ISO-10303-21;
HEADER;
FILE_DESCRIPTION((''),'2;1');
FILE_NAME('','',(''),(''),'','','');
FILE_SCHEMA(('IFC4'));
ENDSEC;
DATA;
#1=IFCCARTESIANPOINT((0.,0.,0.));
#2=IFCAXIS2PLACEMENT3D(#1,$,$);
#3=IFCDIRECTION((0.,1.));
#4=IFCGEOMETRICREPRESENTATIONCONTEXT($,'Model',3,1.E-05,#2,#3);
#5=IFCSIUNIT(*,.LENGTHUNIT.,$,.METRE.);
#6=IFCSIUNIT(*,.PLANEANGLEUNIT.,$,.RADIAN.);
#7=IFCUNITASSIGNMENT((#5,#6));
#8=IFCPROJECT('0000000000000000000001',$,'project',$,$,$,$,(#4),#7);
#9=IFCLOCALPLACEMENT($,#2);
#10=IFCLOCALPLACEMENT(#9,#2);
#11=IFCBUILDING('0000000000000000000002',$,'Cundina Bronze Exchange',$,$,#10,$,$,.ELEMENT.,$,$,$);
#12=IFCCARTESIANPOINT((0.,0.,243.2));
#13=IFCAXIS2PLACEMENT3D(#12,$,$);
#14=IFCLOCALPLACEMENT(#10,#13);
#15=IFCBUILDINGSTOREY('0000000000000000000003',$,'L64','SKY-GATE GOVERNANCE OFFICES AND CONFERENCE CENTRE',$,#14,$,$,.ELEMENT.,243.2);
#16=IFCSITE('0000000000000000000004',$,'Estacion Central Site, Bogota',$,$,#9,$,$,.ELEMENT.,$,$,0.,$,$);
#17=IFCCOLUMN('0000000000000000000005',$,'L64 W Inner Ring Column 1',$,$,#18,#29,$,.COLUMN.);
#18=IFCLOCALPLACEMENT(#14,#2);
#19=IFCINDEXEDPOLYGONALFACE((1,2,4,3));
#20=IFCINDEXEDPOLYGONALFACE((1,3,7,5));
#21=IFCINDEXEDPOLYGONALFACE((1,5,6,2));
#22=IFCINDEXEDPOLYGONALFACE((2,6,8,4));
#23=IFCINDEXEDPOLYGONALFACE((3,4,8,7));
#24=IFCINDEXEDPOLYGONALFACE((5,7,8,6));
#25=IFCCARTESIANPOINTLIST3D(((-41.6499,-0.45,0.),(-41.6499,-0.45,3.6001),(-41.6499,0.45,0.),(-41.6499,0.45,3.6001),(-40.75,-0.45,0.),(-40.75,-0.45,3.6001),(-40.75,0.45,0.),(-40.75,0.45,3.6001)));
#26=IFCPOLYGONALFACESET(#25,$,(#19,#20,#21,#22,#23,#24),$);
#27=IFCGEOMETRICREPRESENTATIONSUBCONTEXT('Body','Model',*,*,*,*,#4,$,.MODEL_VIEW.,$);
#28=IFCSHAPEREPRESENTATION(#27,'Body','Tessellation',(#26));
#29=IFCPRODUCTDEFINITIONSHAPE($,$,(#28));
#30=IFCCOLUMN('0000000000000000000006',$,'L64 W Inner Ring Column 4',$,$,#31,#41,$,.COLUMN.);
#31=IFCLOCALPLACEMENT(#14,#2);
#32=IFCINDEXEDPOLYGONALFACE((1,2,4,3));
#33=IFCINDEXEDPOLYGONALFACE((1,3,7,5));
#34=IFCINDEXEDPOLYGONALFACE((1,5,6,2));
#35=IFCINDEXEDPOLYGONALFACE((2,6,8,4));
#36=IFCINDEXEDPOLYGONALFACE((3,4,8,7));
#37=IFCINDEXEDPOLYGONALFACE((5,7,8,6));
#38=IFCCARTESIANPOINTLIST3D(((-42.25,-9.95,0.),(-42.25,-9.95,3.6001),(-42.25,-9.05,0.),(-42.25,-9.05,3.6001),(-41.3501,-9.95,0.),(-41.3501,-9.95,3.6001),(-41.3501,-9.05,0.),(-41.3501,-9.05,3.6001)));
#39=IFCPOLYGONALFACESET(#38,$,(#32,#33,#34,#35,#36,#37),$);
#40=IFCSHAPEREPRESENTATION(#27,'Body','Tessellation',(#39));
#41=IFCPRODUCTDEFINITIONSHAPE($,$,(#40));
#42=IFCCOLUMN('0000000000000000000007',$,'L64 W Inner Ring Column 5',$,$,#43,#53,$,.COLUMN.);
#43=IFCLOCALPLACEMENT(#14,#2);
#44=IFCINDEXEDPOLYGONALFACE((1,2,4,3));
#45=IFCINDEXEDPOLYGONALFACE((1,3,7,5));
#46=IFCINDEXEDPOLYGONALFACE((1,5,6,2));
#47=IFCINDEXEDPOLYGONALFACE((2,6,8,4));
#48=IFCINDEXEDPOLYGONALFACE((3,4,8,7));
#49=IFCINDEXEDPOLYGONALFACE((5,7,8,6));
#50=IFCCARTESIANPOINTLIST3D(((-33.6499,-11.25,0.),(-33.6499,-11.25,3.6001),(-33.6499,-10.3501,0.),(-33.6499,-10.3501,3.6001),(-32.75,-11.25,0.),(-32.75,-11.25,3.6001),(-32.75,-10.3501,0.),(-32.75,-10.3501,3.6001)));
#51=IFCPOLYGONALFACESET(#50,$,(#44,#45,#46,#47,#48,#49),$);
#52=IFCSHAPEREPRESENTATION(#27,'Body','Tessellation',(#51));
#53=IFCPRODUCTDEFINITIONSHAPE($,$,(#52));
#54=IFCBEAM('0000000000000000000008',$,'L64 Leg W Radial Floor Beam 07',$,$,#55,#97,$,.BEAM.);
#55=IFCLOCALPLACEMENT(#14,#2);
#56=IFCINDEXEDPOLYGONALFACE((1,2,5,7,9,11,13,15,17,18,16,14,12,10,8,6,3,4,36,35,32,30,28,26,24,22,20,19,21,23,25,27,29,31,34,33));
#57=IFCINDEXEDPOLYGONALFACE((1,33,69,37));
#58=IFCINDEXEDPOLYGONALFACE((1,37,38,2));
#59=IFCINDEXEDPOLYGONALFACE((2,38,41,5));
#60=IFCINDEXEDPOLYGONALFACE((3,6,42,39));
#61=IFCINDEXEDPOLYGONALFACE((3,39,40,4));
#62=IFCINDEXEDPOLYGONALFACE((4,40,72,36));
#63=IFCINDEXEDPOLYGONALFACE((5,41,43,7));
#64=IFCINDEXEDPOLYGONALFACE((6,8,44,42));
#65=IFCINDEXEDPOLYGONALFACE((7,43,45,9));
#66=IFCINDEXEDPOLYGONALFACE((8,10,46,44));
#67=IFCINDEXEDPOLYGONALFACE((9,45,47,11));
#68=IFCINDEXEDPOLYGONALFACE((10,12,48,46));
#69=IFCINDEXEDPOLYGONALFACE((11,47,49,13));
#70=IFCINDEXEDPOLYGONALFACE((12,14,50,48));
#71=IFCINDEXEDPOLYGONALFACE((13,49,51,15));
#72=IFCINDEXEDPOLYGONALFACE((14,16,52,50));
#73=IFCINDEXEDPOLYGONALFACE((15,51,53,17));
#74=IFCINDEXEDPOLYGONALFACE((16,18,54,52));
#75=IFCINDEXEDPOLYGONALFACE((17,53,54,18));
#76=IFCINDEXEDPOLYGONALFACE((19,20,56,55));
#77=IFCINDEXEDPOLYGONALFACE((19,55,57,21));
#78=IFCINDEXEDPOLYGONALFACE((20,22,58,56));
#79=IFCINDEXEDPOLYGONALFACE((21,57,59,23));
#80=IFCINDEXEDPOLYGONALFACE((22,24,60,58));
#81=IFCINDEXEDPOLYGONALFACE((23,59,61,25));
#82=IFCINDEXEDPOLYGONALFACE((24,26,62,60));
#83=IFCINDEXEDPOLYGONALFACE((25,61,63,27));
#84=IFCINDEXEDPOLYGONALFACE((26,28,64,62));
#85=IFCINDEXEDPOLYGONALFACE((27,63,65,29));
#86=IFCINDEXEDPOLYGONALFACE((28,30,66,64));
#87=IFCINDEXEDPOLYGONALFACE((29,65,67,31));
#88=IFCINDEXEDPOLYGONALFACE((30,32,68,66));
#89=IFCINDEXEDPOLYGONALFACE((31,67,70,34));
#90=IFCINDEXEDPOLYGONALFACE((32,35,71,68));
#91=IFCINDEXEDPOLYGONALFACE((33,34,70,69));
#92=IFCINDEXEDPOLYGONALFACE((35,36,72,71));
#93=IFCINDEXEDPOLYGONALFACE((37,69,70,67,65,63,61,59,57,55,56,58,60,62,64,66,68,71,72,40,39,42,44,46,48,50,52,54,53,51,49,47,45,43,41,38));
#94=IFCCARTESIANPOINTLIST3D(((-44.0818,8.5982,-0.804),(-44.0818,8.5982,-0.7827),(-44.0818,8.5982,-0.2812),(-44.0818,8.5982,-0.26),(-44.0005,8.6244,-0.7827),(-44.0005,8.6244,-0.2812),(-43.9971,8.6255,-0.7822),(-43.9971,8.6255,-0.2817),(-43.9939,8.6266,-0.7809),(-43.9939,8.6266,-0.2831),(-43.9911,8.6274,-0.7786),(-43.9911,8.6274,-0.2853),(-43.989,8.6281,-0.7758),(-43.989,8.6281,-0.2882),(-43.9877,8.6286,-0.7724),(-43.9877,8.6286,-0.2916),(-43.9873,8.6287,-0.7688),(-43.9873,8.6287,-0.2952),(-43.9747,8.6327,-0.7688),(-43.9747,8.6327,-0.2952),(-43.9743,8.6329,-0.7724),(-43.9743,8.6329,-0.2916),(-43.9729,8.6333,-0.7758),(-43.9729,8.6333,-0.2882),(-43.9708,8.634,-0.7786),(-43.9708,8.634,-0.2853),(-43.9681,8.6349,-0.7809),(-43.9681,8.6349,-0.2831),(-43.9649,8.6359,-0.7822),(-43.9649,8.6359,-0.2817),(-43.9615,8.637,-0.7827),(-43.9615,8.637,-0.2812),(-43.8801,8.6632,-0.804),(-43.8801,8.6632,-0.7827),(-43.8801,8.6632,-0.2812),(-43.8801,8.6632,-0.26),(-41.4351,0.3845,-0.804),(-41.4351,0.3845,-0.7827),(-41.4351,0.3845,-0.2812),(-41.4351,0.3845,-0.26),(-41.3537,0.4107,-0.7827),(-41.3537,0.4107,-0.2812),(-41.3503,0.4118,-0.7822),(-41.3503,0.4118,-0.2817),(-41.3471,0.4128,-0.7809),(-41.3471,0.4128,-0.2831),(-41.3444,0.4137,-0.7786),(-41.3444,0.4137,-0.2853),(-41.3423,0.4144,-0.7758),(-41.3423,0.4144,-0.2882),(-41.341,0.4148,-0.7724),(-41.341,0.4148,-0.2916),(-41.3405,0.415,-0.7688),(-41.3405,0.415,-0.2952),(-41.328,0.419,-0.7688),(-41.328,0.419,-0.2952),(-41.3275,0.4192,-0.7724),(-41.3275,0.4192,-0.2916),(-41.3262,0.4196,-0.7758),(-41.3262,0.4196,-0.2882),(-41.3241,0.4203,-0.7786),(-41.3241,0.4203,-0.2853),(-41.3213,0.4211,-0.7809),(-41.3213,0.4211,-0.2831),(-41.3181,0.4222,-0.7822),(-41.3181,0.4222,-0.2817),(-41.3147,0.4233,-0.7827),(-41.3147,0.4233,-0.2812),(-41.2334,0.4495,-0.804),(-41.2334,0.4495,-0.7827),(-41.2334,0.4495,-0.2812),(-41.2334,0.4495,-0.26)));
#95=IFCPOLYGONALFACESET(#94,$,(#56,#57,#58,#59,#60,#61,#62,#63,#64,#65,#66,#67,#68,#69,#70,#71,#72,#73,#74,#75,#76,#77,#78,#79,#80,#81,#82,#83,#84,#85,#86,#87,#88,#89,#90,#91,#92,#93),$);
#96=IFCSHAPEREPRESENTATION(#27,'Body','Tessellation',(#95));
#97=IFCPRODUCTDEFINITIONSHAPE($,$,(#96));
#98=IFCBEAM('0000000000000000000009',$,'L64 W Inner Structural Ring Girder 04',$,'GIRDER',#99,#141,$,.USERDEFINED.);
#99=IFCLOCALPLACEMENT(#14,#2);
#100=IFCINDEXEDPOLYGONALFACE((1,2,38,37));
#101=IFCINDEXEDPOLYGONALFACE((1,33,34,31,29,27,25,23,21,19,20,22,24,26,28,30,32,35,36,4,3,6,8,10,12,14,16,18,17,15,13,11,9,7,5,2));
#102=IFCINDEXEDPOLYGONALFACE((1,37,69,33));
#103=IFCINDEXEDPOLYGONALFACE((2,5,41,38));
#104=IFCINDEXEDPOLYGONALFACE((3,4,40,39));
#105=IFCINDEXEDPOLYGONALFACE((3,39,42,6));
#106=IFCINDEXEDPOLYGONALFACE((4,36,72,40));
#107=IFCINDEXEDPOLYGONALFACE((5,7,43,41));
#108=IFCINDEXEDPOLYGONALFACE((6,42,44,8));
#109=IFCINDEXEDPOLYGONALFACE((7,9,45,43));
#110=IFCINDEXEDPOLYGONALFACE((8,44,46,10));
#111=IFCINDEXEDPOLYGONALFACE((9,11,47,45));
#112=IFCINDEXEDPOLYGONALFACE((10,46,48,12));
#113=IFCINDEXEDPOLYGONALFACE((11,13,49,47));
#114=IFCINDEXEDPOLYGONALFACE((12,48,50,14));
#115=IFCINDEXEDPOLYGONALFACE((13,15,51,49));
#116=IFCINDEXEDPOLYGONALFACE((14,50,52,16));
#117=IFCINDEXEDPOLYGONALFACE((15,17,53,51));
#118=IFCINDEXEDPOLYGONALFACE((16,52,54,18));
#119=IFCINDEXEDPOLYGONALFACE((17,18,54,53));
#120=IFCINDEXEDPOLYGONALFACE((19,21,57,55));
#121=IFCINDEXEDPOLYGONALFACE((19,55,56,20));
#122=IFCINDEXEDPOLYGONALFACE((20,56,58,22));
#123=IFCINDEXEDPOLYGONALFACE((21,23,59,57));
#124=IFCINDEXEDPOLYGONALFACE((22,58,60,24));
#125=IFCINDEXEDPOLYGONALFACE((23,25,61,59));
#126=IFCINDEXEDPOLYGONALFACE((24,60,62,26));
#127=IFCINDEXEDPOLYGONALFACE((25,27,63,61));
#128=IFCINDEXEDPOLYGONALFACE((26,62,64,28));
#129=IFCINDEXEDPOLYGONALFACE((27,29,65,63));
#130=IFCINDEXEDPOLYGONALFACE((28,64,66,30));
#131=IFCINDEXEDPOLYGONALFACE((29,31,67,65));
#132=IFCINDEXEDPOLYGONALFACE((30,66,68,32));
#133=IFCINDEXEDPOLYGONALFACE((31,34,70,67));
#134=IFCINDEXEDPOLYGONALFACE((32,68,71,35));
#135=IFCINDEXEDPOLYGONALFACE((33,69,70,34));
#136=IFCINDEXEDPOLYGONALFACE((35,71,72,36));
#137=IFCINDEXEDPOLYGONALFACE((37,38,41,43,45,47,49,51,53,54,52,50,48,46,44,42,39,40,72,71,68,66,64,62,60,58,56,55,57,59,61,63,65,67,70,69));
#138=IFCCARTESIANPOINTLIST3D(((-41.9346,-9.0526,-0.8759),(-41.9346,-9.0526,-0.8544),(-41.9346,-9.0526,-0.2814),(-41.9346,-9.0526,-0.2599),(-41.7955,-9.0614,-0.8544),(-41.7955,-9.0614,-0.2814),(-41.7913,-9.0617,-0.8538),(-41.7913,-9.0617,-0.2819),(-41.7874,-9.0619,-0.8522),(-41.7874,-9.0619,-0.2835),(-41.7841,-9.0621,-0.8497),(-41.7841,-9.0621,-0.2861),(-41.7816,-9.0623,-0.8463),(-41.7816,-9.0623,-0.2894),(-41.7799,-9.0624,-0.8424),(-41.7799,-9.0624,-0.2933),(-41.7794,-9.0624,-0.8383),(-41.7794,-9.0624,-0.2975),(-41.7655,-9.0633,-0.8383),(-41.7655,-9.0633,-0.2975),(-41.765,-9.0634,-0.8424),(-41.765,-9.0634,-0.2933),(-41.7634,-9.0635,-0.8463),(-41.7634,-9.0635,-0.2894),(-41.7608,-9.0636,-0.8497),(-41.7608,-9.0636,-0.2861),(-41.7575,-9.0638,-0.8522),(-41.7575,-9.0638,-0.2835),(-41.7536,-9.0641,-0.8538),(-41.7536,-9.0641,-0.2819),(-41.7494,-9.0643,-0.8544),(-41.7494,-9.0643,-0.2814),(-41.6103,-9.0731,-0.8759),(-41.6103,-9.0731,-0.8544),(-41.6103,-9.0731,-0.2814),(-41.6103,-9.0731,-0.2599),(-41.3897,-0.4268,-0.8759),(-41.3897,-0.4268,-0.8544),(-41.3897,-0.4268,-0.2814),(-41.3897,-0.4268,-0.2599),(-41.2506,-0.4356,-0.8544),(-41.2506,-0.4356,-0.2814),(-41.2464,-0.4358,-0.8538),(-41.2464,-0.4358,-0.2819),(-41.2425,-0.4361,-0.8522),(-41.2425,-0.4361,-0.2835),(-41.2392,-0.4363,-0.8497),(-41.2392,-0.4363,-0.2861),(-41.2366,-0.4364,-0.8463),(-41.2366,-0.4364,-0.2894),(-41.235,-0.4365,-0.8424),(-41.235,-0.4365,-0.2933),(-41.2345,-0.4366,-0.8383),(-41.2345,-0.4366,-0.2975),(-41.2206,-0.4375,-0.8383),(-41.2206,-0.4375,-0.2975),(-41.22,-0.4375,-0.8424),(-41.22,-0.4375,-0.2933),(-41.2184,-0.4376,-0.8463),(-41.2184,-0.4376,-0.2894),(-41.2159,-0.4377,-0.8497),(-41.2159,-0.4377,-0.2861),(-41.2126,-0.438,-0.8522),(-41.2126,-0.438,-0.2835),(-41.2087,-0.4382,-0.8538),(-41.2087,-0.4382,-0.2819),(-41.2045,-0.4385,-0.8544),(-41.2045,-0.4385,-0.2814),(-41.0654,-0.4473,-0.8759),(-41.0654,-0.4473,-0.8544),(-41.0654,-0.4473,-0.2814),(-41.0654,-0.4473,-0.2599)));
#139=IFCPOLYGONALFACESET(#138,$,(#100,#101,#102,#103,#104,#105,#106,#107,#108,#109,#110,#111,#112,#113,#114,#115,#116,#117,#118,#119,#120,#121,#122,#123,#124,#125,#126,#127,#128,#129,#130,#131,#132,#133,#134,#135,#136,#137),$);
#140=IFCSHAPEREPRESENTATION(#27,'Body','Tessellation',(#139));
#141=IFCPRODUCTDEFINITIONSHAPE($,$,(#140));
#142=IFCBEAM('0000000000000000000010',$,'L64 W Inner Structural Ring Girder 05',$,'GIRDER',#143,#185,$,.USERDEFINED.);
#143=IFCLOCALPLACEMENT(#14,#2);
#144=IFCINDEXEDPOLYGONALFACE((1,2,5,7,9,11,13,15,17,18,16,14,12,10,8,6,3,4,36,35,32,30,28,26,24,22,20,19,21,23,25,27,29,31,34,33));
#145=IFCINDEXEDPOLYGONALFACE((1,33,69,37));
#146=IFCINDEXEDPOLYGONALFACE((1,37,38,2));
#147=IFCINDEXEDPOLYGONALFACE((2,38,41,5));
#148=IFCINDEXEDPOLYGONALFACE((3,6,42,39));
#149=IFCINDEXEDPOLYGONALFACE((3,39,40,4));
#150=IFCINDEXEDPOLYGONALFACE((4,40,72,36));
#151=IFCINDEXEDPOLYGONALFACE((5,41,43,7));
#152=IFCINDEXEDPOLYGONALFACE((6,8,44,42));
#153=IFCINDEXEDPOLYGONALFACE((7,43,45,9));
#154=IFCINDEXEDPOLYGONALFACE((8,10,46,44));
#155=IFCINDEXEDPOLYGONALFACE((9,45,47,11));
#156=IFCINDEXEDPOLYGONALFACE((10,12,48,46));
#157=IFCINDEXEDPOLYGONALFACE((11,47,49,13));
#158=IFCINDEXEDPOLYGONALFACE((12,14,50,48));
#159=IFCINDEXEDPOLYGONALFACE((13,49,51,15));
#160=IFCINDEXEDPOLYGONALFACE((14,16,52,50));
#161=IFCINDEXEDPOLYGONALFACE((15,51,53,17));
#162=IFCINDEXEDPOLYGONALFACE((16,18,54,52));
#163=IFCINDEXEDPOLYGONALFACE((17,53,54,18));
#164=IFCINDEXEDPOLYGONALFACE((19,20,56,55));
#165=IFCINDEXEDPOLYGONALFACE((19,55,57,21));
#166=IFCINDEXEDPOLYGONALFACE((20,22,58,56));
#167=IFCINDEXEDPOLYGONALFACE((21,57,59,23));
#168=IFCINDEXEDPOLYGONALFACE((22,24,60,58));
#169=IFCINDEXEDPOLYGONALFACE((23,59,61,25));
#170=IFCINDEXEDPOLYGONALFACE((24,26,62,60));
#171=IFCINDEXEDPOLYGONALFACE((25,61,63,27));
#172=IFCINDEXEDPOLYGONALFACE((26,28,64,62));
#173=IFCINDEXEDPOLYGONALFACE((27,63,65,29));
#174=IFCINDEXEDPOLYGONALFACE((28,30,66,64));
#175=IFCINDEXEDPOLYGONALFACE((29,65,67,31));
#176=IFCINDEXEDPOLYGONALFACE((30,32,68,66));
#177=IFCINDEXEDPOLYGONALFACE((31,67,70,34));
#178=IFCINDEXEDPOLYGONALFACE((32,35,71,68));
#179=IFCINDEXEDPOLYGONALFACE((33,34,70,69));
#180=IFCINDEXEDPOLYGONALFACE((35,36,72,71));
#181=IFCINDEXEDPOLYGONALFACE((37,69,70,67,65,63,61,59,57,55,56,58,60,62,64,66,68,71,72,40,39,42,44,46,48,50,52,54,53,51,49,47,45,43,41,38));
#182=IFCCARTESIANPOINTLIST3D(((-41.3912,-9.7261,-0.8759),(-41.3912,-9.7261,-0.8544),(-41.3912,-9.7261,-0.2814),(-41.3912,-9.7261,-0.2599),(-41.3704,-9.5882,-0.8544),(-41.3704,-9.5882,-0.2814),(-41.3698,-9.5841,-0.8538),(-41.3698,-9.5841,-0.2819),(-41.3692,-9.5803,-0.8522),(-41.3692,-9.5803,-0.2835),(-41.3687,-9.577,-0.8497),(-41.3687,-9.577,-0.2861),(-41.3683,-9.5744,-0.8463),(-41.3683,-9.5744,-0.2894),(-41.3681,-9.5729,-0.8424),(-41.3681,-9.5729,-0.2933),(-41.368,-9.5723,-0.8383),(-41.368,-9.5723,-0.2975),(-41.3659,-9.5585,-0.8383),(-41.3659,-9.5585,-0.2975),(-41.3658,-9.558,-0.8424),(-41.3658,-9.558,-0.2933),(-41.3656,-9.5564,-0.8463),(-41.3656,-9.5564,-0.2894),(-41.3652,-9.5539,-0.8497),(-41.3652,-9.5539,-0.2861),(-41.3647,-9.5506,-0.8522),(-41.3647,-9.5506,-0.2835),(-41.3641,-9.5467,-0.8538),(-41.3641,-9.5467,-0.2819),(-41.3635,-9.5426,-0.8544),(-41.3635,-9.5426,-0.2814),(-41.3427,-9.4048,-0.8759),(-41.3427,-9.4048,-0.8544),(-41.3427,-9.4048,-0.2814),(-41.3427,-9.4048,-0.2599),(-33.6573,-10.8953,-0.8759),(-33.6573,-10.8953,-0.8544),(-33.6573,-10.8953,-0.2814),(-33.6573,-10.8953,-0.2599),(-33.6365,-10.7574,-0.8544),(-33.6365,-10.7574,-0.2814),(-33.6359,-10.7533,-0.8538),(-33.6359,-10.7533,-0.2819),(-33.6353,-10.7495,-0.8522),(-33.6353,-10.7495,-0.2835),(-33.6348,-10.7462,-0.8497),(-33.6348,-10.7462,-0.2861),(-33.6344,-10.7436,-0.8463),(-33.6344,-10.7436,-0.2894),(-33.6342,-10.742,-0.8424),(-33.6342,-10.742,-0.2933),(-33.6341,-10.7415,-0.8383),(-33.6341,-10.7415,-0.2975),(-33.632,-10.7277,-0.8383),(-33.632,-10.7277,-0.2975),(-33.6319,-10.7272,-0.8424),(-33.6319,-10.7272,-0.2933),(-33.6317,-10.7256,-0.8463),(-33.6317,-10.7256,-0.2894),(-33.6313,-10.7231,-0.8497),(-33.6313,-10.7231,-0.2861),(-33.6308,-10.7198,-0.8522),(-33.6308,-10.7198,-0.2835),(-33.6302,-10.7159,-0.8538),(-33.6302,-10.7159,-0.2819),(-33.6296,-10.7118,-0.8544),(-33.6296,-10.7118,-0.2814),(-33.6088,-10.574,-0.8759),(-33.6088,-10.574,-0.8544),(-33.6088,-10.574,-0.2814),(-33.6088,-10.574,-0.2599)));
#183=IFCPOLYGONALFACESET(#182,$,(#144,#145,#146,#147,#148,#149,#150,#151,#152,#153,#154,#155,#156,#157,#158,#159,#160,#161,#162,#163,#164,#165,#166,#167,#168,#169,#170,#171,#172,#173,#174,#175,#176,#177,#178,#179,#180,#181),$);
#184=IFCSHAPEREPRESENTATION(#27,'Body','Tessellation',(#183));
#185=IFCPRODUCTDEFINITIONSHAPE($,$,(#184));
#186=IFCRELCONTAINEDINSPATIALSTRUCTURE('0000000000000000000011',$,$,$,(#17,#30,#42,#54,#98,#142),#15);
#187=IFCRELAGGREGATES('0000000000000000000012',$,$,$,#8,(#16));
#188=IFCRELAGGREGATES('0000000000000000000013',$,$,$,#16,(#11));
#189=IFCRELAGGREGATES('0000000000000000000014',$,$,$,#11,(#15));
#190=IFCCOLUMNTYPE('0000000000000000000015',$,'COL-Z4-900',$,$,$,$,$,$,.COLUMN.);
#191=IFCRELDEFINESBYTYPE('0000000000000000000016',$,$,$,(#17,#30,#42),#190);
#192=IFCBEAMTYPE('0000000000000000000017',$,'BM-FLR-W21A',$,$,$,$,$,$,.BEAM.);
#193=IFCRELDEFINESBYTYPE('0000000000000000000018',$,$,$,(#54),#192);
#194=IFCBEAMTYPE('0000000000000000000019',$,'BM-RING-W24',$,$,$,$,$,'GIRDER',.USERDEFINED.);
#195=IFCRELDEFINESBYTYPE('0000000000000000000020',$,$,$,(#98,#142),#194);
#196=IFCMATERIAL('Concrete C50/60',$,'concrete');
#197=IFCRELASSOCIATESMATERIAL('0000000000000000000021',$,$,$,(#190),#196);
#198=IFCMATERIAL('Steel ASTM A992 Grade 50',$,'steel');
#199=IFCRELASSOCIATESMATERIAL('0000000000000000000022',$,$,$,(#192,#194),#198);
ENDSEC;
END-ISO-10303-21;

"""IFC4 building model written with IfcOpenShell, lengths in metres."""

from ifc_helpers import new_model, si_unit, direction, frame, origin, origin_2d, place, context, subcontext, project, spatial, rectangle, i_section, extrude, material, material_profile, profile_set, type_object, element, save


model = new_model("IFC4")

# Units and contexts
model_context = context("Model", 3, precision=1e-05, world=origin(), true_north=direction((0.0, 1.0)))
body_context = subcontext(model_context, "Body", "Model", "MODEL_VIEW")
ifc_project = project(units=[si_unit("LENGTHUNIT", "METRE"), si_unit("PLANEANGLEUNIT", "RADIAN")], contexts=[model_context])

# Site, building, storey
site_placement = place(None, origin())
site = spatial("IfcSite", under=ifc_project, at=site_placement, Name="Estacion Central Site, Bogota", CompositionType="ELEMENT", RefElevation=0.0)
building_placement = place(site_placement, origin())
building = spatial("IfcBuilding", under=site, at=building_placement, Name="Cundina Bronze Exchange", CompositionType="ELEMENT")
storey_placement = place(building_placement, frame((0.0, 0.0, 243.2)))
storey = spatial("IfcBuildingStorey", under=building, at=storey_placement, Name="L64", Description="SKY-GATE GOVERNANCE OFFICES AND CONFERENCE CENTRE", CompositionType="ELEMENT", Elevation=243.2)

# Columns
ifc_material_1 = material(Name="Concrete C50/60", Category="concrete")
ifc_material_profile_1 = material_profile(ifc_material_1, rectangle(XDim=0.8999, YDim=0.8999, at=origin_2d()), Name="RC900X900", Category="concrete")
ifc_profile_set_1 = profile_set([ifc_material_profile_1], Name="Concrete C50/60")
column_type = type_object("IfcColumnType", Name="COL-Z4-900", PredefinedType="COLUMN", material=ifc_profile_set_1)
for number, where, z_axis, x_axis, name in (
    (1, (-41.2, 0.0, 0.0), (0.0, 0.0, 1.0), (1.0, 0.0, 0.0), "L64 W Inner Ring Column 1"),
    (2, (-41.8, -9.5, 0.0), (0.0, 0.0, 1.0), (1.0, 0.0, 0.0), "L64 W Inner Ring Column 4"),
    (3, (-33.2, -10.8, 0.0), (0.0, 0.0, 1.0), (1.0, 0.0, 0.0), "L64 W Inner Ring Column 5"),
):
    element("IfcColumn", number, at=place(storey_placement, frame(where, z_axis=z_axis, x_axis=x_axis)), inside=storey, type_object=column_type, Name=name, PredefinedType="COLUMN", context=body_context, shape_type="SweptSolid", body=[
        extrude(rectangle(XDim=0.8999, YDim=0.8999, at=origin_2d()), origin(), (0.0, 0.0, 1.0), 3.6001),
    ])

# Beams
ifc_material_2 = material(Name="Steel ASTM A992 Grade 50", Category="steel")
ifc_material_profile_2 = material_profile(ifc_material_2, i_section(OverallWidth=0.2119, OverallDepth=0.5439, WebThickness=0.0132, FlangeThickness=0.0212, FilletRadius=0.0139, at=origin_2d()), Name="W21X83", Category="steel")
ifc_profile_set_2 = profile_set([ifc_material_profile_2], Name="Steel ASTM A992 Grade 50")
beam_type_1 = type_object("IfcBeamType", Name="BM-FLR-W21A", PredefinedType="BEAM", material=ifc_profile_set_2)
beam_1_placement = place(storey_placement, frame((-41.3342, 0.417, -0.532), z_axis=(-0.306706, 0.951804, 0.0), x_axis=(-0.951804, -0.306706, 0.0)))
element("IfcBeam", 4, at=beam_1_placement, inside=storey, type_object=beam_type_1, Name="L64 Leg W Radial Floor Beam 07", PredefinedType="BEAM", context=body_context, shape_type="SweptSolid", body=[
    extrude(i_section(OverallWidth=0.2119, OverallDepth=0.5439, WebThickness=0.0132, FlangeThickness=0.0212, FilletRadius=0.0139, at=origin_2d()), origin(), (0.0, 0.0, 1.0), 8.6296),
])
ifc_material_profile_3 = material_profile(ifc_material_2, i_section(OverallWidth=0.325, OverallDepth=0.616, WebThickness=0.0139, FlangeThickness=0.0215, FilletRadius=0.0161, at=origin_2d()), Name="W24X117", Category="steel")
ifc_profile_set_3 = profile_set([ifc_material_profile_3], Name="Steel ASTM A992 Grade 50")
beam_type_2 = type_object("IfcBeamType", Name="BM-RING-W24", ElementType="GIRDER", PredefinedType="USERDEFINED", material=ifc_profile_set_3)
beam_2_placement = place(storey_placement, frame((-41.2275, -0.437, -0.5679), z_axis=(-0.063047, -0.998011, 0.0), x_axis=(0.998011, -0.063047, 0.0)))
element("IfcBeam", 5, at=beam_2_placement, inside=storey, type_object=beam_type_2, Name="L64 W Inner Structural Ring Girder 04", ObjectType="GIRDER", PredefinedType="USERDEFINED", context=body_context, shape_type="SweptSolid", body=[
    extrude(i_section(OverallWidth=0.325, OverallDepth=0.616, WebThickness=0.0139, FlangeThickness=0.0215, FilletRadius=0.0161, at=origin_2d()), origin(), (0.0, 0.0, 1.0), 8.6431),
])
beam_3_placement = place(storey_placement, frame((-41.3669, -9.5654, -0.5679), z_axis=(0.988765, -0.149479, 0.0), x_axis=(0.149479, 0.988765, 0.0)))
element("IfcBeam", 6, at=beam_3_placement, inside=storey, type_object=beam_type_2, Name="L64 W Inner Structural Ring Girder 05", ObjectType="GIRDER", PredefinedType="USERDEFINED", context=body_context, shape_type="SweptSolid", body=[
    extrude(i_section(OverallWidth=0.325, OverallDepth=0.616, WebThickness=0.0139, FlangeThickness=0.0215, FilletRadius=0.0161, at=origin_2d()), origin(), (0.0, 0.0, 1.0), 7.8218),
])

save(model, "model.ifc")
